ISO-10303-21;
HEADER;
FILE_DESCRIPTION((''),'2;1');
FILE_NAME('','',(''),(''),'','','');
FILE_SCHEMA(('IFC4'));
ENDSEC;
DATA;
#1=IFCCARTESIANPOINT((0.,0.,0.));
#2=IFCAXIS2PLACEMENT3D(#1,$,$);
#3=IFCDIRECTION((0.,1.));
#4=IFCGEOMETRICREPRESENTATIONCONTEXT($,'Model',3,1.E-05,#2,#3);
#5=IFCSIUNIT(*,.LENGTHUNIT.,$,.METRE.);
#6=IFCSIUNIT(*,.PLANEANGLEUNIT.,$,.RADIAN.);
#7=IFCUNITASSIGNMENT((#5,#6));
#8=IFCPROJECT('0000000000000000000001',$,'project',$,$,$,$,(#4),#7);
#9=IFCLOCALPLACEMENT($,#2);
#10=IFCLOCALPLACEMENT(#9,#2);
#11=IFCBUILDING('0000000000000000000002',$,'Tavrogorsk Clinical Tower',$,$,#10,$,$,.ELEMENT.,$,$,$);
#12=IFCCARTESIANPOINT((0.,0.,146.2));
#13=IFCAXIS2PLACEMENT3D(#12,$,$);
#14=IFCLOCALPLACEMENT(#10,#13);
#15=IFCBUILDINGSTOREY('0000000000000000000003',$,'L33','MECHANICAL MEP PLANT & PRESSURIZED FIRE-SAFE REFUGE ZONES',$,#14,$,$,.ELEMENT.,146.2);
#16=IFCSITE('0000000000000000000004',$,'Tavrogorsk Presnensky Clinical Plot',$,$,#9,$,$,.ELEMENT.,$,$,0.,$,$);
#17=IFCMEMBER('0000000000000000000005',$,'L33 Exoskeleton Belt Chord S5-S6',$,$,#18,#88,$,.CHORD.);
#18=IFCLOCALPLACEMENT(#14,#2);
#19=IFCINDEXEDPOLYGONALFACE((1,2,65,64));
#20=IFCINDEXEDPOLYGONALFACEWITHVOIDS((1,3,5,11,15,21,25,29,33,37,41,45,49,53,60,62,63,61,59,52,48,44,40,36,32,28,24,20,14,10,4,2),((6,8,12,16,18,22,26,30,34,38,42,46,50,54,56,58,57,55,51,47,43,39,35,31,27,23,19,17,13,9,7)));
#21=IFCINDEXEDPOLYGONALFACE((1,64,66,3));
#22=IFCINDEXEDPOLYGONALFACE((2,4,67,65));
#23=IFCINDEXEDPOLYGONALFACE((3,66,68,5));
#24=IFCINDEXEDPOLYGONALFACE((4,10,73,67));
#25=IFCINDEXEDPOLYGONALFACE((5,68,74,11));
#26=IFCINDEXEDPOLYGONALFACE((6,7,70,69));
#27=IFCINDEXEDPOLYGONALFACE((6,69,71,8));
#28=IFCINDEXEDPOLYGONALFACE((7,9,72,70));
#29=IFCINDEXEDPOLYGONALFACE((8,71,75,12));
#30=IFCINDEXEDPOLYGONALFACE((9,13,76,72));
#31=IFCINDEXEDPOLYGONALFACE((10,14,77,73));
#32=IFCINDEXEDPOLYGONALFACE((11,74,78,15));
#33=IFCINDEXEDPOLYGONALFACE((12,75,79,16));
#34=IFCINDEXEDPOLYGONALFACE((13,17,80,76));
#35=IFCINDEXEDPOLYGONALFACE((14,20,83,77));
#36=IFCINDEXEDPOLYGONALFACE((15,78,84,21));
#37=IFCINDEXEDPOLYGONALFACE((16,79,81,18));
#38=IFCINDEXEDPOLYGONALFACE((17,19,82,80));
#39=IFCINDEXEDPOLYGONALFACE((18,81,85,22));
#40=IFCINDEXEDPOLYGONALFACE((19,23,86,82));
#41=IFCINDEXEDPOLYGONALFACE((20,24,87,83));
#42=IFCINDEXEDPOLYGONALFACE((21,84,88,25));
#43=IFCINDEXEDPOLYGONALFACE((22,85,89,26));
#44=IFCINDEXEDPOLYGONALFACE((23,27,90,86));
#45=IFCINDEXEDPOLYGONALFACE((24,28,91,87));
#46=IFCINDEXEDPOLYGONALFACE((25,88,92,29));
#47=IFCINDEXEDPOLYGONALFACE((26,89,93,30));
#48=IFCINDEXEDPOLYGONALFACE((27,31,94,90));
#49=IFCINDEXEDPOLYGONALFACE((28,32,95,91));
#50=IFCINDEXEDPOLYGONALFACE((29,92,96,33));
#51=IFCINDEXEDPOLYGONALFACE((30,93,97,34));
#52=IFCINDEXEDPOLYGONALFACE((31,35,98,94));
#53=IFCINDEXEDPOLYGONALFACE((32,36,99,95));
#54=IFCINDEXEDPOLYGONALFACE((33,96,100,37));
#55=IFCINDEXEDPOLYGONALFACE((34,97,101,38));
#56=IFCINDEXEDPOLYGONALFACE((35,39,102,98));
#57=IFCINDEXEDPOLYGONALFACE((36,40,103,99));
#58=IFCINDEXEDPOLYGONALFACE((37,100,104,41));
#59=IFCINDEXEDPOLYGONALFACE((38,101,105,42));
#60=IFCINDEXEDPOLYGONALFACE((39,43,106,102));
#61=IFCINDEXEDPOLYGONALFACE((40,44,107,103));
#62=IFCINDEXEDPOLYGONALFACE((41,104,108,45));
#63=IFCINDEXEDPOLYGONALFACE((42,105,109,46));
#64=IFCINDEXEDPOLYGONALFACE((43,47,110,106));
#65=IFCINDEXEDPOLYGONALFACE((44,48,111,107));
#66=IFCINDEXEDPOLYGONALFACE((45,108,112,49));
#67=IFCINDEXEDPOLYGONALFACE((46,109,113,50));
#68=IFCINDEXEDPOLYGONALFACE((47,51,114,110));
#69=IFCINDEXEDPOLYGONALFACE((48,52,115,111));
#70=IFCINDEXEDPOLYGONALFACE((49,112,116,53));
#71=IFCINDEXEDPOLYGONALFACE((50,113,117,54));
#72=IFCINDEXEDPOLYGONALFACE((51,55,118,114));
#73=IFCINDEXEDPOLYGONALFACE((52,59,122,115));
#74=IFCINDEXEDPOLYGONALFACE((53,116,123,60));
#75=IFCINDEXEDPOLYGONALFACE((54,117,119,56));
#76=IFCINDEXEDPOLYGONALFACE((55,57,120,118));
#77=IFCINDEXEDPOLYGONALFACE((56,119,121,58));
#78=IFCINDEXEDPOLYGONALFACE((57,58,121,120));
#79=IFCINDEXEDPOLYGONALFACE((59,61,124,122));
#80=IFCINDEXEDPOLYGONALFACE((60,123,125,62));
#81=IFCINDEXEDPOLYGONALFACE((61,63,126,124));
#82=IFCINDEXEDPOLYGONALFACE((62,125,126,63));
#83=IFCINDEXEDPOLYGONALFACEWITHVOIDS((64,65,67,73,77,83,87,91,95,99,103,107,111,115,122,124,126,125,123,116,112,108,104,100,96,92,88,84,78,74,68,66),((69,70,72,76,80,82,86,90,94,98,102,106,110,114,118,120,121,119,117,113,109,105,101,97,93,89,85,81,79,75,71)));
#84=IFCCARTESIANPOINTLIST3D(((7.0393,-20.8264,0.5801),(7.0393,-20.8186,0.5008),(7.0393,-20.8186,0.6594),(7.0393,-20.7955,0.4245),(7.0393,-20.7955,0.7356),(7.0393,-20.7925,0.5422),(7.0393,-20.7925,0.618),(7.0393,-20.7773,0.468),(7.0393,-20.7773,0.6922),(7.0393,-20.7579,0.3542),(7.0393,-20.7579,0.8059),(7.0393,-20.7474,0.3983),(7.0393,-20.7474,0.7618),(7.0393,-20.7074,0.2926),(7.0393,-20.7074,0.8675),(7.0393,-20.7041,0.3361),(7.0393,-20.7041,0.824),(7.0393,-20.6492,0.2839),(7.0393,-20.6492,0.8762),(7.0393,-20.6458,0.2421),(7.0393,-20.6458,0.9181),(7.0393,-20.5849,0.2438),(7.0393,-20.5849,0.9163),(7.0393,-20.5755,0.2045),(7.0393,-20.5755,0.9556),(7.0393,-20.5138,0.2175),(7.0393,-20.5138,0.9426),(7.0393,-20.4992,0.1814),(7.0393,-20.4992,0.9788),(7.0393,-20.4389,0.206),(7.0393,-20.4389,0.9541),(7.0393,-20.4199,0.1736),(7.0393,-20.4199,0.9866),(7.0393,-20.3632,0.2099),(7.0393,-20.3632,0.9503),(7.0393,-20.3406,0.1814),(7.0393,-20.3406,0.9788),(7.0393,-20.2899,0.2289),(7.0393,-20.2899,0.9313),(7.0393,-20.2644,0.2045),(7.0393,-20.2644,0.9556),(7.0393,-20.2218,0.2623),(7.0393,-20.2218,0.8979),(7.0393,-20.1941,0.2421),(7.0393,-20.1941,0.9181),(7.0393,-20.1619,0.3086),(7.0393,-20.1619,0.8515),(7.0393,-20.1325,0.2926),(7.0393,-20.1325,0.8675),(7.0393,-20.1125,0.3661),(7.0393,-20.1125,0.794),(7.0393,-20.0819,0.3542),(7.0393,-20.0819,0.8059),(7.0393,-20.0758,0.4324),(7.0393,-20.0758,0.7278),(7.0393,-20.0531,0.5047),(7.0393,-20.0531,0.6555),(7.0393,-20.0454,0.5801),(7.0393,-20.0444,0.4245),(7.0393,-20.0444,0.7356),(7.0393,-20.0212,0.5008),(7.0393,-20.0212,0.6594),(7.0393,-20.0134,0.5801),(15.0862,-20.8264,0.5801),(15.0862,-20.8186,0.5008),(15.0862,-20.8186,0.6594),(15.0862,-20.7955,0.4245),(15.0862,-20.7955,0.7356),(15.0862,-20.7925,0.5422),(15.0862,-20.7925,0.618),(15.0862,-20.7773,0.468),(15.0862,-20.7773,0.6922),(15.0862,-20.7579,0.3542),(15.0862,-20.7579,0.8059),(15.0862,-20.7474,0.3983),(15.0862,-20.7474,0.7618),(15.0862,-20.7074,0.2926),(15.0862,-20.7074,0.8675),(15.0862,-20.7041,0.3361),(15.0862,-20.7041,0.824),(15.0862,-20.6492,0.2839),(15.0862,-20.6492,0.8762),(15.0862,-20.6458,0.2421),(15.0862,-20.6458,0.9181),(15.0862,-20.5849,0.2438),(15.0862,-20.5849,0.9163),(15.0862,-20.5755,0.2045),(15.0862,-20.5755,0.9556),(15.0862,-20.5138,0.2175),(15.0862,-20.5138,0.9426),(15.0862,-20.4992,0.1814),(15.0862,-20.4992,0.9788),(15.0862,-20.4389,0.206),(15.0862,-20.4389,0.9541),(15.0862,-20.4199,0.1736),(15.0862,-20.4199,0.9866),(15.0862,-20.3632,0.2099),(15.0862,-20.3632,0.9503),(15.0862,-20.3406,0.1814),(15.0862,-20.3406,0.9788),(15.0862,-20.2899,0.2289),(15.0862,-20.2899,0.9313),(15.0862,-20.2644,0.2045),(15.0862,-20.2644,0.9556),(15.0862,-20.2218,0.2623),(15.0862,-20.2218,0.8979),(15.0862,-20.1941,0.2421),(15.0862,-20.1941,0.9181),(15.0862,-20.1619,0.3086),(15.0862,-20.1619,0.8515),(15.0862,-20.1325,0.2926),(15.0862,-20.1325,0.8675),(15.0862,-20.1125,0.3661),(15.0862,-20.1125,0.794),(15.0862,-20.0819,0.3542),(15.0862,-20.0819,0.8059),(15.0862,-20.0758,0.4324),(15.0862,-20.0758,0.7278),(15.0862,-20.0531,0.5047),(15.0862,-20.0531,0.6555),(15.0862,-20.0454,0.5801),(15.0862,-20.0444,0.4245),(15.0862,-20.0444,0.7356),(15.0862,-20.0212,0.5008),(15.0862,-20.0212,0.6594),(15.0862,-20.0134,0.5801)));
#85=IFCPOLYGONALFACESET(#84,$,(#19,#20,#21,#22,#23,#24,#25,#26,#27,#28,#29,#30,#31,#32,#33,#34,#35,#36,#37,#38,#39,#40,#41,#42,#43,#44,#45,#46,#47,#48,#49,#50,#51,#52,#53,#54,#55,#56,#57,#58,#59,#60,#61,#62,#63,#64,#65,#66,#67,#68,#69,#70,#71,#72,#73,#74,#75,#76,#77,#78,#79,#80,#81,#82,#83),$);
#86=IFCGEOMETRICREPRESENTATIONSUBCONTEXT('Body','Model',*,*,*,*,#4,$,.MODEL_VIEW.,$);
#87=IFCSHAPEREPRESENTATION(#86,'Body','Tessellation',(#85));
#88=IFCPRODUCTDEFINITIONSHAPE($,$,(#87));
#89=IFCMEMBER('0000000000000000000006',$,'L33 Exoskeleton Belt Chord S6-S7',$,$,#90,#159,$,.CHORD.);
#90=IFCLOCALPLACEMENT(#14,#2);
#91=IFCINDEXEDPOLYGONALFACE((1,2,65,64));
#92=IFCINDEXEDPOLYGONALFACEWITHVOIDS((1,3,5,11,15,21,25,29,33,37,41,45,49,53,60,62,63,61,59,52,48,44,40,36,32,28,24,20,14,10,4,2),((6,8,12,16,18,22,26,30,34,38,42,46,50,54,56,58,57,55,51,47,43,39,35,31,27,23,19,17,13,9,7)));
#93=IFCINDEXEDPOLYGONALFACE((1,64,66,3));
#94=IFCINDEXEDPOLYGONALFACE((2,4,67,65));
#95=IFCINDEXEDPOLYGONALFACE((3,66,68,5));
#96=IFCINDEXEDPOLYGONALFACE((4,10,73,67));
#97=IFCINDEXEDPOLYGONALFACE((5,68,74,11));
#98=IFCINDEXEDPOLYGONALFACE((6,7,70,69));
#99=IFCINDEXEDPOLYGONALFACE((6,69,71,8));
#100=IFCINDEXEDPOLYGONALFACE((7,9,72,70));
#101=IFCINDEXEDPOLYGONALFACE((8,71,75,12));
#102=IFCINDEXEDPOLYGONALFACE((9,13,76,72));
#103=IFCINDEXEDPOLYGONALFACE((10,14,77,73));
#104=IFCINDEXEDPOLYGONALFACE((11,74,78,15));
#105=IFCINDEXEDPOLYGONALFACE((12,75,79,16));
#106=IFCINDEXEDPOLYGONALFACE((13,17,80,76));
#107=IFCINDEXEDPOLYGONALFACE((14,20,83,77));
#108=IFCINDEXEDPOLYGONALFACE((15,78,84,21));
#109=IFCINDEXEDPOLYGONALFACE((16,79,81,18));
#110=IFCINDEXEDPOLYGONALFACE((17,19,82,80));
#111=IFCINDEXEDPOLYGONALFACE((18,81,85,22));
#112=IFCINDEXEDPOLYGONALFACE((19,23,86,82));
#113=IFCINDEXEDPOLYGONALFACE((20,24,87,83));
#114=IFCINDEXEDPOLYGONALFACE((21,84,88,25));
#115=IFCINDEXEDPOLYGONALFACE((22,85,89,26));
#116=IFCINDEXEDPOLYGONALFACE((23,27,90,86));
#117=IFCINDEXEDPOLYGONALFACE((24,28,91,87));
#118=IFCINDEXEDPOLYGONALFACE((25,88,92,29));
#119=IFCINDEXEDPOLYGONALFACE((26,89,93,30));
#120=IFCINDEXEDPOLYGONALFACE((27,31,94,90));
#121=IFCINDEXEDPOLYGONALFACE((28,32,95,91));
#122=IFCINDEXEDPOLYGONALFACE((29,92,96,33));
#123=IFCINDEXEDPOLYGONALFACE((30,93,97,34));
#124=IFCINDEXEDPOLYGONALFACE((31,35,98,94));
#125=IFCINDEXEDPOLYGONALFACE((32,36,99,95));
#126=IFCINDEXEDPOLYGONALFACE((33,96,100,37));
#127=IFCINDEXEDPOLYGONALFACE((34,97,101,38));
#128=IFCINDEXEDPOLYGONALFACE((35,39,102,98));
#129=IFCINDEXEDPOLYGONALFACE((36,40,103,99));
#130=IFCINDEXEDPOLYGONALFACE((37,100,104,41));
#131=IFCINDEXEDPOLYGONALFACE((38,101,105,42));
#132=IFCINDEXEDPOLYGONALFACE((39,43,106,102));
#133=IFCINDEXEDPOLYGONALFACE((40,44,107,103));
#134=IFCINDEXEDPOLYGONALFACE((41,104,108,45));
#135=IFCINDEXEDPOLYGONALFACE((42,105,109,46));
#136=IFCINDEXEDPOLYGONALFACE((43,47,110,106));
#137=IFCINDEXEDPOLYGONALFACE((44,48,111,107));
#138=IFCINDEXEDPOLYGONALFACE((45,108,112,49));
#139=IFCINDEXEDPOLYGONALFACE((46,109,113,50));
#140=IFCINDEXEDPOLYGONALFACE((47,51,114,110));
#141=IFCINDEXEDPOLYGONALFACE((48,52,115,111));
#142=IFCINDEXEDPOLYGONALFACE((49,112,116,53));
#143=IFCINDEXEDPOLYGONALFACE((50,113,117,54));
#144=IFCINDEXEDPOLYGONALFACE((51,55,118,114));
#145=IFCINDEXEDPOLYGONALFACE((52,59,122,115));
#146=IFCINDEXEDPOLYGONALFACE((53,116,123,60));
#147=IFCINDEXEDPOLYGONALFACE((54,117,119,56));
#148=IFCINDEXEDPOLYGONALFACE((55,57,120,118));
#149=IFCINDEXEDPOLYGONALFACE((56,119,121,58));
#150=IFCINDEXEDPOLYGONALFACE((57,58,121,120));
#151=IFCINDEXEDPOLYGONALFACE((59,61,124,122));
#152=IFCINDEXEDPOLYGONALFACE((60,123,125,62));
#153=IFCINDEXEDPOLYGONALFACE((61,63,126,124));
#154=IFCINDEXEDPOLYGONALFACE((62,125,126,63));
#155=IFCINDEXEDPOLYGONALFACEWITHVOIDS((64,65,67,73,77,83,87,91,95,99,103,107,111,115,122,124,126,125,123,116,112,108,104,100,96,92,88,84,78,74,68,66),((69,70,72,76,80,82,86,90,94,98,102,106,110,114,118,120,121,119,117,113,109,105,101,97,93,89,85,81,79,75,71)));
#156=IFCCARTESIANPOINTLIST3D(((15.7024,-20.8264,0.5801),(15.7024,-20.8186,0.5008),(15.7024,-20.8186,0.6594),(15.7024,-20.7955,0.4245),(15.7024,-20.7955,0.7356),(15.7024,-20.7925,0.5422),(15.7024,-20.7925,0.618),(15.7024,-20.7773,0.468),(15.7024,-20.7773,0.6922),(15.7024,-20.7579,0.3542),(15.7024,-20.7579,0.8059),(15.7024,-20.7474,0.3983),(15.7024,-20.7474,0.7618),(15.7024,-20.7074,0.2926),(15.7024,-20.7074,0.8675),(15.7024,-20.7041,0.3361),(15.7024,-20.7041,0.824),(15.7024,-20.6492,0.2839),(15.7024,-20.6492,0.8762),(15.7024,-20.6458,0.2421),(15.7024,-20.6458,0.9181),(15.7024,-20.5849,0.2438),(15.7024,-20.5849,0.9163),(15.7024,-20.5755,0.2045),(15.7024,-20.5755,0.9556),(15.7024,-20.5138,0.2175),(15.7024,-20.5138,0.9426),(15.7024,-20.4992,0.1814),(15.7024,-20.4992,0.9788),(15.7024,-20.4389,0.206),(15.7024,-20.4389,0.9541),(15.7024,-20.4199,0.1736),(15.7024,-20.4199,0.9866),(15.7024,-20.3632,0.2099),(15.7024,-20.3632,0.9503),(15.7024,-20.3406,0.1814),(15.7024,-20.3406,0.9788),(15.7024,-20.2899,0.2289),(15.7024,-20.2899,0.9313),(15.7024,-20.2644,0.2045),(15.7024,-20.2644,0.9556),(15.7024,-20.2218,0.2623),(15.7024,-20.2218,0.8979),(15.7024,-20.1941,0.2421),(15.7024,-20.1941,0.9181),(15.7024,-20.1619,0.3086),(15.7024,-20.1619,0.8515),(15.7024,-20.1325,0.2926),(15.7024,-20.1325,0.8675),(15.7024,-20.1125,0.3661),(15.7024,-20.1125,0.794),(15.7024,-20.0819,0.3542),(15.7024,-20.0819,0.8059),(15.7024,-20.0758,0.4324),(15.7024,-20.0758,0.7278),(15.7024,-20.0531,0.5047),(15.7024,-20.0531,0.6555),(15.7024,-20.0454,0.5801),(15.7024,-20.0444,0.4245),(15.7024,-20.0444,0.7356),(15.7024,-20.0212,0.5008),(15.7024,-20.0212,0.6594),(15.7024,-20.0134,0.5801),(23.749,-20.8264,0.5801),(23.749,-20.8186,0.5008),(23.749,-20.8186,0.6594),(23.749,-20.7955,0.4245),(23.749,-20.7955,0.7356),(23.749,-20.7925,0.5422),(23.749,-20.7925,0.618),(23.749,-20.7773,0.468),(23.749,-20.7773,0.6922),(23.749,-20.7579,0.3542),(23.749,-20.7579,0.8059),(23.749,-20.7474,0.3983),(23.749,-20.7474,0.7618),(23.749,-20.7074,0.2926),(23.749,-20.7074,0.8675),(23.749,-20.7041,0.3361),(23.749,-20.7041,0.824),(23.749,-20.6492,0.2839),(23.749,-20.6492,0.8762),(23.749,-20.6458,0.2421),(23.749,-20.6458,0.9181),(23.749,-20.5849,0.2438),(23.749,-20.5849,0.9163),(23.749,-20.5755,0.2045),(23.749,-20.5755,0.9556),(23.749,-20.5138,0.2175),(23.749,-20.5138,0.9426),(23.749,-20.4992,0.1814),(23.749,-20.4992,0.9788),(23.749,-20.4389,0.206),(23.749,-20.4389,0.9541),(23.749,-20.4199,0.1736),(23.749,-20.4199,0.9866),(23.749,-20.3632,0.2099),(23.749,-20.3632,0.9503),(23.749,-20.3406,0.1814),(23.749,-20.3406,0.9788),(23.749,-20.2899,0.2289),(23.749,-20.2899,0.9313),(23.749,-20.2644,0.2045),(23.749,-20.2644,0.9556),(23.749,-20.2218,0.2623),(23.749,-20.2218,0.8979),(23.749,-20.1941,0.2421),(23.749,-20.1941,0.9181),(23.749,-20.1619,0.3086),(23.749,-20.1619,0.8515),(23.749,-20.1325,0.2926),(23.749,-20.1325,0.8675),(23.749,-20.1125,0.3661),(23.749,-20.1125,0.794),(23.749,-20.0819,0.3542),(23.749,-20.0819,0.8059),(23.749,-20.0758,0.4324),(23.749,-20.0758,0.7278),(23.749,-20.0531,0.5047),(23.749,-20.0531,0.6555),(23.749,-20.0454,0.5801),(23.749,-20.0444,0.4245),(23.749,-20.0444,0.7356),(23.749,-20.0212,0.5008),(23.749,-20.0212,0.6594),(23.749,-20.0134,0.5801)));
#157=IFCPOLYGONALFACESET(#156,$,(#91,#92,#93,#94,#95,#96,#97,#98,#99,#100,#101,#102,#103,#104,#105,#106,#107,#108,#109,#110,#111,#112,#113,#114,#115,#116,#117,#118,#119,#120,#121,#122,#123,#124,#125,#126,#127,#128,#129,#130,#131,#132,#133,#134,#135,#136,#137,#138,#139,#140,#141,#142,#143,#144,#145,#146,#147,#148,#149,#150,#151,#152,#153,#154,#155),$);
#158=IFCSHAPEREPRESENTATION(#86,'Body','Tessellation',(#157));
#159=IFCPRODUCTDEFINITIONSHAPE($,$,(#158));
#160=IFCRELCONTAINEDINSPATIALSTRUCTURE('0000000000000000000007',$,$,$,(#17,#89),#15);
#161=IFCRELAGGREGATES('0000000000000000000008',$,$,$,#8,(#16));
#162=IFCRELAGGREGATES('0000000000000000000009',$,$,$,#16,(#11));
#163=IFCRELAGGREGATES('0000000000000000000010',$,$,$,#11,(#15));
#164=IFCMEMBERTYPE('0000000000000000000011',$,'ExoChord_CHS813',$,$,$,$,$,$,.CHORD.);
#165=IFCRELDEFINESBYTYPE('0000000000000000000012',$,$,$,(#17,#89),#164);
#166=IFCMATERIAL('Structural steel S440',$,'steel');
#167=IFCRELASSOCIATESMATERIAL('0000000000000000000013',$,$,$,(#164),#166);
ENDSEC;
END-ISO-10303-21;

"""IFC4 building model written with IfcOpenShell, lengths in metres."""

from ifc_helpers import new_model, si_unit, direction, frame, origin, origin_2d, place, context, subcontext, project, spatial, hollow_circle, extrude, material, material_profile, profile_set, type_object, element, save


model = new_model("IFC4")

# Units and contexts
model_context = context("Model", 3, precision=1e-05, world=origin(), true_north=direction((0.0, 1.0)))
body_context = subcontext(model_context, "Body", "Model", "MODEL_VIEW")
ifc_project = project(units=[si_unit("LENGTHUNIT", "METRE"), si_unit("PLANEANGLEUNIT", "RADIAN")], contexts=[model_context])

# Site, building, storey
site_placement = place(None, origin())
site = spatial("IfcSite", under=ifc_project, at=site_placement, Name="Tavrogorsk Presnensky Clinical Plot", CompositionType="ELEMENT", RefElevation=0.0)
building_placement = place(site_placement, origin())
building = spatial("IfcBuilding", under=site, at=building_placement, Name="Tavrogorsk Clinical Tower", CompositionType="ELEMENT")
storey_placement = place(building_placement, frame((0.0, 0.0, 146.2)))
storey = spatial("IfcBuildingStorey", under=building, at=storey_placement, Name="L33", Description="MECHANICAL MEP PLANT & PRESSURIZED FIRE-SAFE REFUGE ZONES", CompositionType="ELEMENT", Elevation=146.2)

# Members
ifc_material_1 = material(Name="Structural steel S440", Category="steel")
ifc_material_profile_1 = material_profile(ifc_material_1, hollow_circle(Radius=0.4065, WallThickness=0.032, at=origin_2d()), Name="CHS-813x32")
ifc_profile_set_1 = profile_set([ifc_material_profile_1], Name="Structural steel S440")
member_type_1 = type_object("IfcMemberType", Name="ExoChord_CHS813", PredefinedType="CHORD", material=ifc_profile_set_1)
member_1_placement = place(storey_placement, frame((7.0393, -20.4199, 0.5801), z_axis=(1.0, 0.0, 0.0), x_axis=(0.0, 1.0, 0.0)))
element("IfcMember", 1, at=member_1_placement, inside=storey, type_object=member_type_1, Name="L33 Exoskeleton Belt Chord S5-S6", PredefinedType="CHORD", context=body_context, shape_type="SweptSolid", body=[
    extrude(hollow_circle(Radius=0.4065, WallThickness=0.032, at=origin_2d()), origin(), (0.0, 0.0, 1.0), 8.0469),
])
member_2_placement = place(storey_placement, frame((15.7024, -20.4199, 0.5801), z_axis=(1.0, 0.0, 0.0), x_axis=(0.0, 1.0, 0.0)))
element("IfcMember", 2, at=member_2_placement, inside=storey, type_object=member_type_1, Name="L33 Exoskeleton Belt Chord S6-S7", PredefinedType="CHORD", context=body_context, shape_type="SweptSolid", body=[
    extrude(hollow_circle(Radius=0.4065, WallThickness=0.032, at=origin_2d()), origin(), (0.0, 0.0, 1.0), 8.0466),
])

save(model, "model.ifc")
